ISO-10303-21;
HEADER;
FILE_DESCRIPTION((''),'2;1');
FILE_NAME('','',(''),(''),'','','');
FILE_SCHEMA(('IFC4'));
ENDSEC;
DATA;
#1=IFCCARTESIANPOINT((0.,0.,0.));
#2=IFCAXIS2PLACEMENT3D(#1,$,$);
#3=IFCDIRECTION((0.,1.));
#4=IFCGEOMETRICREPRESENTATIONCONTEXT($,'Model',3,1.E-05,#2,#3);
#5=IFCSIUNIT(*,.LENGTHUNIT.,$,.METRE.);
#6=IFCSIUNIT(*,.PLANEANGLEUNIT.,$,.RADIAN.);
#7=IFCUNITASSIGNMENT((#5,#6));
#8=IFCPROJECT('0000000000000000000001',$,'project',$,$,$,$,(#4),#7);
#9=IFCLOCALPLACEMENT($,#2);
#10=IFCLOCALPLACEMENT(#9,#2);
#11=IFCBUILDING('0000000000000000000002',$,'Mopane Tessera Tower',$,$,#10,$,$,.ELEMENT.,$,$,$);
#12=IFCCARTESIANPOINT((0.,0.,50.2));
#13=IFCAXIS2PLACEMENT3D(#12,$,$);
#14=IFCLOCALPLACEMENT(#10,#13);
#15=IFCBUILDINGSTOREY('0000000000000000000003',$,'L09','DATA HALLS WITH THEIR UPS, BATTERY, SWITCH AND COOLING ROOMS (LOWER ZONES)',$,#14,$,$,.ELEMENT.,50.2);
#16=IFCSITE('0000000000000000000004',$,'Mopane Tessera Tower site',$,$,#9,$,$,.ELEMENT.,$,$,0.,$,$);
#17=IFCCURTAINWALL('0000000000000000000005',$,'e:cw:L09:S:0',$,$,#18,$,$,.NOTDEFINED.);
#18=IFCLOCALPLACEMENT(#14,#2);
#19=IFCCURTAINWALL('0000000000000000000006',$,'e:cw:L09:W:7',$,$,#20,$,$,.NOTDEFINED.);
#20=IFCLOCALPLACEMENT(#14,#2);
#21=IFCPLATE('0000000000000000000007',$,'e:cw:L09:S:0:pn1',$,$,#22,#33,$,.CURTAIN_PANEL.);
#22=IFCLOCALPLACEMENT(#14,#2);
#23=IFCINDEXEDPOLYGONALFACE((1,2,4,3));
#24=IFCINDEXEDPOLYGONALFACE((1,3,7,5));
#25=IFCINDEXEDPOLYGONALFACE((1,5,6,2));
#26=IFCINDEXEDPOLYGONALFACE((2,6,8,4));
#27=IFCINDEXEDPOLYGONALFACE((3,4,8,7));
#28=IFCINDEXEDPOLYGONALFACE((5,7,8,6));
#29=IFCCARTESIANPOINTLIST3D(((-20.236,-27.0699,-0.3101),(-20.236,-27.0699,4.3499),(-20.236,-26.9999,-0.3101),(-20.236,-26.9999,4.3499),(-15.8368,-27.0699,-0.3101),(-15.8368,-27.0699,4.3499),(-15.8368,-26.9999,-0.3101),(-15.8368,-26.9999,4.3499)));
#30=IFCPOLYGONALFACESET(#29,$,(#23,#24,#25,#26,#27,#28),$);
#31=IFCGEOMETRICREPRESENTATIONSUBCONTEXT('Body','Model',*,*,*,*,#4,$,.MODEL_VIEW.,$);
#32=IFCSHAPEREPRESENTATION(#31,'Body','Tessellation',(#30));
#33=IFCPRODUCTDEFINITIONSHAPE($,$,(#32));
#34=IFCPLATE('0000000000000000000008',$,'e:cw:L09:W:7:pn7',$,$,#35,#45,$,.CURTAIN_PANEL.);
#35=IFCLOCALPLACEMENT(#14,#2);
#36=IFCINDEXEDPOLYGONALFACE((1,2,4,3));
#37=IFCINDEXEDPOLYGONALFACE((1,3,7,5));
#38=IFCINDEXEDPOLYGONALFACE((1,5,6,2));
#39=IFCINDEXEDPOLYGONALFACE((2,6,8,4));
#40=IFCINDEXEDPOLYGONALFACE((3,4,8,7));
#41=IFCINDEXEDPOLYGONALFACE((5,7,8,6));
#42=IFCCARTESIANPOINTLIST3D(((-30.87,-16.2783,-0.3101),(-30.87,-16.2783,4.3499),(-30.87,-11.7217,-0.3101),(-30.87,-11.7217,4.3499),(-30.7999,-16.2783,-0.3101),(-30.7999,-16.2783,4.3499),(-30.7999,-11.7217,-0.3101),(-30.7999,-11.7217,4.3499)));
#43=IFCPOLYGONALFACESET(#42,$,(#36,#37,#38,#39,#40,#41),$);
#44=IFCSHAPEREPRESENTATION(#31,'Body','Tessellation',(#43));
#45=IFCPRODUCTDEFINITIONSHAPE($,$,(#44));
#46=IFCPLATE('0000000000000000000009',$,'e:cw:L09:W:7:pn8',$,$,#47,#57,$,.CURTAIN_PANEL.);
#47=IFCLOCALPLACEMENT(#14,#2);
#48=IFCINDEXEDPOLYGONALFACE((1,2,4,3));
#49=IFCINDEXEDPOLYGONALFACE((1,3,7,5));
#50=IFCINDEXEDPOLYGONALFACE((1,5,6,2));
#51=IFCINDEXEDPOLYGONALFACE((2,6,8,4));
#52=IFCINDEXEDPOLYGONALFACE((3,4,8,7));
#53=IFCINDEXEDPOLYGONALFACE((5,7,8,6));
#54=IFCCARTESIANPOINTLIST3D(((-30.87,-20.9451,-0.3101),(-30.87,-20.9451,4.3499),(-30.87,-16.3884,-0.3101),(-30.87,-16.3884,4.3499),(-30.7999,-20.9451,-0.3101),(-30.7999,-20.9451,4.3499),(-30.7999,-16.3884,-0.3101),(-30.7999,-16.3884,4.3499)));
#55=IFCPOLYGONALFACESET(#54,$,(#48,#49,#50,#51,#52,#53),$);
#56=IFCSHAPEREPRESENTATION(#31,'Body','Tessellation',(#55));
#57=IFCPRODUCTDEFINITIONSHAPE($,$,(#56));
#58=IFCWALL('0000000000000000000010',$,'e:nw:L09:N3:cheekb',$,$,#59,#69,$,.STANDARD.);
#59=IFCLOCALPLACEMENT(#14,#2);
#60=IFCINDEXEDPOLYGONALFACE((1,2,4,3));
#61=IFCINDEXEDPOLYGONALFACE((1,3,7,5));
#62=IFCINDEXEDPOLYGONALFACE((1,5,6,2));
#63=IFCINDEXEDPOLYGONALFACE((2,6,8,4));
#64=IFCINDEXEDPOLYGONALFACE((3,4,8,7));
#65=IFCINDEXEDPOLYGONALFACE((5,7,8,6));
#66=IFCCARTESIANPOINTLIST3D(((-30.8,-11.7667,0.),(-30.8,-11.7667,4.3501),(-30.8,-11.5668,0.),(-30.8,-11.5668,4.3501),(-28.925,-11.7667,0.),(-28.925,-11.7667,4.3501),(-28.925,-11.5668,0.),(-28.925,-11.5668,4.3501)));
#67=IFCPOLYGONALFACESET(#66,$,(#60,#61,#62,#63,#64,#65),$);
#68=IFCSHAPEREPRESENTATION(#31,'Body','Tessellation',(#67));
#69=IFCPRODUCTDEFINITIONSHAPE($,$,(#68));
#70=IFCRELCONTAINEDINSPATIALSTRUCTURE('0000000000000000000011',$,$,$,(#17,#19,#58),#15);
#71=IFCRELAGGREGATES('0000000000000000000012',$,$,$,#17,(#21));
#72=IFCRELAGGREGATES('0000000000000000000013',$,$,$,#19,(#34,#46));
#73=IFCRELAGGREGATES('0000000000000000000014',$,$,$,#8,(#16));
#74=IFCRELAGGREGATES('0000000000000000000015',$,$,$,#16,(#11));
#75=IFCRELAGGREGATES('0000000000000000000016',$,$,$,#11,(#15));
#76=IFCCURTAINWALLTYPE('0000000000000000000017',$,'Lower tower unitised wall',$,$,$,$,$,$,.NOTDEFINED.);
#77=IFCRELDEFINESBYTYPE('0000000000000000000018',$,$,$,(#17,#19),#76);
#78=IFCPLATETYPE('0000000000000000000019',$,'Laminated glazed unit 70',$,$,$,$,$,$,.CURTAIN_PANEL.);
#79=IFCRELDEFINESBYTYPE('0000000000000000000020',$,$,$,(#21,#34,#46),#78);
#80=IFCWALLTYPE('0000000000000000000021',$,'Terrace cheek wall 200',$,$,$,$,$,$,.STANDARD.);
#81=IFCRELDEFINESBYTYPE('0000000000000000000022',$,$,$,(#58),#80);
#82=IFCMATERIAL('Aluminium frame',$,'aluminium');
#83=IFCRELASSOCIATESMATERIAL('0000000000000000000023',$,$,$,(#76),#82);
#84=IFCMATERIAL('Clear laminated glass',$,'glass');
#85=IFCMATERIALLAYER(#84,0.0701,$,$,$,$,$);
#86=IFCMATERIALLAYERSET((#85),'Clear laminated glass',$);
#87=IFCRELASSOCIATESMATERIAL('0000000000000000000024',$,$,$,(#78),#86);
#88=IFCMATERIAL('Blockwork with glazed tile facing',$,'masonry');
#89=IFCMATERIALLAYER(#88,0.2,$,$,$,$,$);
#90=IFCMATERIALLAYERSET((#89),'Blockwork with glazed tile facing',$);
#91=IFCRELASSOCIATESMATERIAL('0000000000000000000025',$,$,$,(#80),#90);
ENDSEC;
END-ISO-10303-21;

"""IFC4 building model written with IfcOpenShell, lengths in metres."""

from ifc_helpers import new_model, si_unit, direction, frame, frame_2d, origin, origin_2d, place, context, subcontext, project, spatial, rectangle, extrude, material, layer, layer_set, type_object, element, aggregate, save


model = new_model("IFC4")

# Units and contexts
model_context = context("Model", 3, precision=1e-05, world=origin(), true_north=direction((0.0, 1.0)))
body_context = subcontext(model_context, "Body", "Model", "MODEL_VIEW")
ifc_project = project(units=[si_unit("LENGTHUNIT", "METRE"), si_unit("PLANEANGLEUNIT", "RADIAN")], contexts=[model_context])

# Site, building, storey
site_placement = place(None, origin())
site = spatial("IfcSite", under=ifc_project, at=site_placement, Name="Mopane Tessera Tower site", CompositionType="ELEMENT", RefElevation=0.0)
building_placement = place(site_placement, origin())
building = spatial("IfcBuilding", under=site, at=building_placement, Name="Mopane Tessera Tower", CompositionType="ELEMENT")
storey_placement = place(building_placement, frame((0.0, 0.0, 50.2)))
storey = spatial("IfcBuildingStorey", under=building, at=storey_placement, Name="L09", Description="DATA HALLS WITH THEIR UPS, BATTERY, SWITCH AND COOLING ROOMS (LOWER ZONES)", CompositionType="ELEMENT", Elevation=50.2)

# Curtain walls
ifc_material_1 = material(Name="Aluminium frame", Category="aluminium")
curtain_wall_type = type_object("IfcCurtainWallType", Name="Lower tower unitised wall", PredefinedType="NOTDEFINED", material=ifc_material_1)
curtain_wall_1_placement = place(storey_placement, origin())
curtain_wall_1 = element("IfcCurtainWall", 1, at=curtain_wall_1_placement, inside=storey, type_object=curtain_wall_type, Name="e:cw:L09:S:0", PredefinedType="NOTDEFINED")
curtain_wall_2_placement = place(storey_placement, origin())
curtain_wall_2 = element("IfcCurtainWall", 2, at=curtain_wall_2_placement, inside=storey, type_object=curtain_wall_type, Name="e:cw:L09:W:7", PredefinedType="NOTDEFINED")

# Plates
ifc_material_2 = material(Name="Clear laminated glass", Category="glass")
ifc_layer_1 = layer(ifc_material_2, 0.0701)
ifc_layer_set_1 = layer_set([ifc_layer_1], Name="Clear laminated glass")
plate_type = type_object("IfcPlateType", Name="Laminated glazed unit 70", PredefinedType="CURTAIN_PANEL", material=ifc_layer_set_1)
plate_1_placement = place(storey_placement, frame((-18.0364, -27.0349, -0.3101), z_axis=(0.0, 0.0, 1.0), x_axis=(1.0, 0.0, 0.0)))
plate_1 = element("IfcPlate", 3, at=plate_1_placement, type_object=plate_type, Name="e:cw:L09:S:0:pn1", PredefinedType="CURTAIN_PANEL", context=body_context, shape_type="SweptSolid", body=[
    extrude(rectangle(XDim=4.3992, YDim=0.0701, at=origin_2d()), origin(), (0.0, 0.0, 1.0), 4.6599),
])
aggregate(curtain_wall_1, [plate_1])
plate_2_placement = place(storey_placement, frame((-30.835, -14.0, -0.3101), z_axis=(0.0, 0.0, 1.0), x_axis=(0.0, -1.0, 0.0)))
plate_2 = element("IfcPlate", 4, at=plate_2_placement, type_object=plate_type, Name="e:cw:L09:W:7:pn7", PredefinedType="CURTAIN_PANEL", context=body_context, shape_type="SweptSolid", body=[
    extrude(rectangle(XDim=4.5566, YDim=0.0701, at=origin_2d()), origin(), (0.0, 0.0, 1.0), 4.6599),
])
plate_3_placement = place(storey_placement, frame((-30.835, -18.6667, -0.3101), z_axis=(0.0, 0.0, 1.0), x_axis=(0.0, -1.0, 0.0)))
plate_3 = element("IfcPlate", 5, at=plate_3_placement, type_object=plate_type, Name="e:cw:L09:W:7:pn8", PredefinedType="CURTAIN_PANEL", context=body_context, shape_type="SweptSolid", body=[
    extrude(rectangle(XDim=4.5566, YDim=0.0701, at=origin_2d()), origin(), (0.0, 0.0, 1.0), 4.6599),
])
aggregate(curtain_wall_2, [plate_2, plate_3])

# Wall
ifc_material_3 = material(Name="Blockwork with glazed tile facing", Category="masonry")
ifc_layer_2 = layer(ifc_material_3, 0.2)
ifc_layer_set_2 = layer_set([ifc_layer_2], Name="Blockwork with glazed tile facing")
wall_type = type_object("IfcWallType", Name="Terrace cheek wall 200", PredefinedType="STANDARD", material=ifc_layer_set_2)
wall_placement = place(storey_placement, frame((-30.8, -11.6667, 0.0), z_axis=(0.0, 0.0, 1.0), x_axis=(1.0, 0.0, 0.0)))
element("IfcWall", 6, at=wall_placement, inside=storey, type_object=wall_type, Name="e:nw:L09:N3:cheekb", PredefinedType="STANDARD", context=body_context, shape_type="SweptSolid", body=[
    extrude(rectangle(XDim=1.875, YDim=0.2, at=frame_2d((0.9375, 0.0))), origin(), (0.0, 0.0, 1.0), 4.3501),
])

save(model, "model.ifc")
